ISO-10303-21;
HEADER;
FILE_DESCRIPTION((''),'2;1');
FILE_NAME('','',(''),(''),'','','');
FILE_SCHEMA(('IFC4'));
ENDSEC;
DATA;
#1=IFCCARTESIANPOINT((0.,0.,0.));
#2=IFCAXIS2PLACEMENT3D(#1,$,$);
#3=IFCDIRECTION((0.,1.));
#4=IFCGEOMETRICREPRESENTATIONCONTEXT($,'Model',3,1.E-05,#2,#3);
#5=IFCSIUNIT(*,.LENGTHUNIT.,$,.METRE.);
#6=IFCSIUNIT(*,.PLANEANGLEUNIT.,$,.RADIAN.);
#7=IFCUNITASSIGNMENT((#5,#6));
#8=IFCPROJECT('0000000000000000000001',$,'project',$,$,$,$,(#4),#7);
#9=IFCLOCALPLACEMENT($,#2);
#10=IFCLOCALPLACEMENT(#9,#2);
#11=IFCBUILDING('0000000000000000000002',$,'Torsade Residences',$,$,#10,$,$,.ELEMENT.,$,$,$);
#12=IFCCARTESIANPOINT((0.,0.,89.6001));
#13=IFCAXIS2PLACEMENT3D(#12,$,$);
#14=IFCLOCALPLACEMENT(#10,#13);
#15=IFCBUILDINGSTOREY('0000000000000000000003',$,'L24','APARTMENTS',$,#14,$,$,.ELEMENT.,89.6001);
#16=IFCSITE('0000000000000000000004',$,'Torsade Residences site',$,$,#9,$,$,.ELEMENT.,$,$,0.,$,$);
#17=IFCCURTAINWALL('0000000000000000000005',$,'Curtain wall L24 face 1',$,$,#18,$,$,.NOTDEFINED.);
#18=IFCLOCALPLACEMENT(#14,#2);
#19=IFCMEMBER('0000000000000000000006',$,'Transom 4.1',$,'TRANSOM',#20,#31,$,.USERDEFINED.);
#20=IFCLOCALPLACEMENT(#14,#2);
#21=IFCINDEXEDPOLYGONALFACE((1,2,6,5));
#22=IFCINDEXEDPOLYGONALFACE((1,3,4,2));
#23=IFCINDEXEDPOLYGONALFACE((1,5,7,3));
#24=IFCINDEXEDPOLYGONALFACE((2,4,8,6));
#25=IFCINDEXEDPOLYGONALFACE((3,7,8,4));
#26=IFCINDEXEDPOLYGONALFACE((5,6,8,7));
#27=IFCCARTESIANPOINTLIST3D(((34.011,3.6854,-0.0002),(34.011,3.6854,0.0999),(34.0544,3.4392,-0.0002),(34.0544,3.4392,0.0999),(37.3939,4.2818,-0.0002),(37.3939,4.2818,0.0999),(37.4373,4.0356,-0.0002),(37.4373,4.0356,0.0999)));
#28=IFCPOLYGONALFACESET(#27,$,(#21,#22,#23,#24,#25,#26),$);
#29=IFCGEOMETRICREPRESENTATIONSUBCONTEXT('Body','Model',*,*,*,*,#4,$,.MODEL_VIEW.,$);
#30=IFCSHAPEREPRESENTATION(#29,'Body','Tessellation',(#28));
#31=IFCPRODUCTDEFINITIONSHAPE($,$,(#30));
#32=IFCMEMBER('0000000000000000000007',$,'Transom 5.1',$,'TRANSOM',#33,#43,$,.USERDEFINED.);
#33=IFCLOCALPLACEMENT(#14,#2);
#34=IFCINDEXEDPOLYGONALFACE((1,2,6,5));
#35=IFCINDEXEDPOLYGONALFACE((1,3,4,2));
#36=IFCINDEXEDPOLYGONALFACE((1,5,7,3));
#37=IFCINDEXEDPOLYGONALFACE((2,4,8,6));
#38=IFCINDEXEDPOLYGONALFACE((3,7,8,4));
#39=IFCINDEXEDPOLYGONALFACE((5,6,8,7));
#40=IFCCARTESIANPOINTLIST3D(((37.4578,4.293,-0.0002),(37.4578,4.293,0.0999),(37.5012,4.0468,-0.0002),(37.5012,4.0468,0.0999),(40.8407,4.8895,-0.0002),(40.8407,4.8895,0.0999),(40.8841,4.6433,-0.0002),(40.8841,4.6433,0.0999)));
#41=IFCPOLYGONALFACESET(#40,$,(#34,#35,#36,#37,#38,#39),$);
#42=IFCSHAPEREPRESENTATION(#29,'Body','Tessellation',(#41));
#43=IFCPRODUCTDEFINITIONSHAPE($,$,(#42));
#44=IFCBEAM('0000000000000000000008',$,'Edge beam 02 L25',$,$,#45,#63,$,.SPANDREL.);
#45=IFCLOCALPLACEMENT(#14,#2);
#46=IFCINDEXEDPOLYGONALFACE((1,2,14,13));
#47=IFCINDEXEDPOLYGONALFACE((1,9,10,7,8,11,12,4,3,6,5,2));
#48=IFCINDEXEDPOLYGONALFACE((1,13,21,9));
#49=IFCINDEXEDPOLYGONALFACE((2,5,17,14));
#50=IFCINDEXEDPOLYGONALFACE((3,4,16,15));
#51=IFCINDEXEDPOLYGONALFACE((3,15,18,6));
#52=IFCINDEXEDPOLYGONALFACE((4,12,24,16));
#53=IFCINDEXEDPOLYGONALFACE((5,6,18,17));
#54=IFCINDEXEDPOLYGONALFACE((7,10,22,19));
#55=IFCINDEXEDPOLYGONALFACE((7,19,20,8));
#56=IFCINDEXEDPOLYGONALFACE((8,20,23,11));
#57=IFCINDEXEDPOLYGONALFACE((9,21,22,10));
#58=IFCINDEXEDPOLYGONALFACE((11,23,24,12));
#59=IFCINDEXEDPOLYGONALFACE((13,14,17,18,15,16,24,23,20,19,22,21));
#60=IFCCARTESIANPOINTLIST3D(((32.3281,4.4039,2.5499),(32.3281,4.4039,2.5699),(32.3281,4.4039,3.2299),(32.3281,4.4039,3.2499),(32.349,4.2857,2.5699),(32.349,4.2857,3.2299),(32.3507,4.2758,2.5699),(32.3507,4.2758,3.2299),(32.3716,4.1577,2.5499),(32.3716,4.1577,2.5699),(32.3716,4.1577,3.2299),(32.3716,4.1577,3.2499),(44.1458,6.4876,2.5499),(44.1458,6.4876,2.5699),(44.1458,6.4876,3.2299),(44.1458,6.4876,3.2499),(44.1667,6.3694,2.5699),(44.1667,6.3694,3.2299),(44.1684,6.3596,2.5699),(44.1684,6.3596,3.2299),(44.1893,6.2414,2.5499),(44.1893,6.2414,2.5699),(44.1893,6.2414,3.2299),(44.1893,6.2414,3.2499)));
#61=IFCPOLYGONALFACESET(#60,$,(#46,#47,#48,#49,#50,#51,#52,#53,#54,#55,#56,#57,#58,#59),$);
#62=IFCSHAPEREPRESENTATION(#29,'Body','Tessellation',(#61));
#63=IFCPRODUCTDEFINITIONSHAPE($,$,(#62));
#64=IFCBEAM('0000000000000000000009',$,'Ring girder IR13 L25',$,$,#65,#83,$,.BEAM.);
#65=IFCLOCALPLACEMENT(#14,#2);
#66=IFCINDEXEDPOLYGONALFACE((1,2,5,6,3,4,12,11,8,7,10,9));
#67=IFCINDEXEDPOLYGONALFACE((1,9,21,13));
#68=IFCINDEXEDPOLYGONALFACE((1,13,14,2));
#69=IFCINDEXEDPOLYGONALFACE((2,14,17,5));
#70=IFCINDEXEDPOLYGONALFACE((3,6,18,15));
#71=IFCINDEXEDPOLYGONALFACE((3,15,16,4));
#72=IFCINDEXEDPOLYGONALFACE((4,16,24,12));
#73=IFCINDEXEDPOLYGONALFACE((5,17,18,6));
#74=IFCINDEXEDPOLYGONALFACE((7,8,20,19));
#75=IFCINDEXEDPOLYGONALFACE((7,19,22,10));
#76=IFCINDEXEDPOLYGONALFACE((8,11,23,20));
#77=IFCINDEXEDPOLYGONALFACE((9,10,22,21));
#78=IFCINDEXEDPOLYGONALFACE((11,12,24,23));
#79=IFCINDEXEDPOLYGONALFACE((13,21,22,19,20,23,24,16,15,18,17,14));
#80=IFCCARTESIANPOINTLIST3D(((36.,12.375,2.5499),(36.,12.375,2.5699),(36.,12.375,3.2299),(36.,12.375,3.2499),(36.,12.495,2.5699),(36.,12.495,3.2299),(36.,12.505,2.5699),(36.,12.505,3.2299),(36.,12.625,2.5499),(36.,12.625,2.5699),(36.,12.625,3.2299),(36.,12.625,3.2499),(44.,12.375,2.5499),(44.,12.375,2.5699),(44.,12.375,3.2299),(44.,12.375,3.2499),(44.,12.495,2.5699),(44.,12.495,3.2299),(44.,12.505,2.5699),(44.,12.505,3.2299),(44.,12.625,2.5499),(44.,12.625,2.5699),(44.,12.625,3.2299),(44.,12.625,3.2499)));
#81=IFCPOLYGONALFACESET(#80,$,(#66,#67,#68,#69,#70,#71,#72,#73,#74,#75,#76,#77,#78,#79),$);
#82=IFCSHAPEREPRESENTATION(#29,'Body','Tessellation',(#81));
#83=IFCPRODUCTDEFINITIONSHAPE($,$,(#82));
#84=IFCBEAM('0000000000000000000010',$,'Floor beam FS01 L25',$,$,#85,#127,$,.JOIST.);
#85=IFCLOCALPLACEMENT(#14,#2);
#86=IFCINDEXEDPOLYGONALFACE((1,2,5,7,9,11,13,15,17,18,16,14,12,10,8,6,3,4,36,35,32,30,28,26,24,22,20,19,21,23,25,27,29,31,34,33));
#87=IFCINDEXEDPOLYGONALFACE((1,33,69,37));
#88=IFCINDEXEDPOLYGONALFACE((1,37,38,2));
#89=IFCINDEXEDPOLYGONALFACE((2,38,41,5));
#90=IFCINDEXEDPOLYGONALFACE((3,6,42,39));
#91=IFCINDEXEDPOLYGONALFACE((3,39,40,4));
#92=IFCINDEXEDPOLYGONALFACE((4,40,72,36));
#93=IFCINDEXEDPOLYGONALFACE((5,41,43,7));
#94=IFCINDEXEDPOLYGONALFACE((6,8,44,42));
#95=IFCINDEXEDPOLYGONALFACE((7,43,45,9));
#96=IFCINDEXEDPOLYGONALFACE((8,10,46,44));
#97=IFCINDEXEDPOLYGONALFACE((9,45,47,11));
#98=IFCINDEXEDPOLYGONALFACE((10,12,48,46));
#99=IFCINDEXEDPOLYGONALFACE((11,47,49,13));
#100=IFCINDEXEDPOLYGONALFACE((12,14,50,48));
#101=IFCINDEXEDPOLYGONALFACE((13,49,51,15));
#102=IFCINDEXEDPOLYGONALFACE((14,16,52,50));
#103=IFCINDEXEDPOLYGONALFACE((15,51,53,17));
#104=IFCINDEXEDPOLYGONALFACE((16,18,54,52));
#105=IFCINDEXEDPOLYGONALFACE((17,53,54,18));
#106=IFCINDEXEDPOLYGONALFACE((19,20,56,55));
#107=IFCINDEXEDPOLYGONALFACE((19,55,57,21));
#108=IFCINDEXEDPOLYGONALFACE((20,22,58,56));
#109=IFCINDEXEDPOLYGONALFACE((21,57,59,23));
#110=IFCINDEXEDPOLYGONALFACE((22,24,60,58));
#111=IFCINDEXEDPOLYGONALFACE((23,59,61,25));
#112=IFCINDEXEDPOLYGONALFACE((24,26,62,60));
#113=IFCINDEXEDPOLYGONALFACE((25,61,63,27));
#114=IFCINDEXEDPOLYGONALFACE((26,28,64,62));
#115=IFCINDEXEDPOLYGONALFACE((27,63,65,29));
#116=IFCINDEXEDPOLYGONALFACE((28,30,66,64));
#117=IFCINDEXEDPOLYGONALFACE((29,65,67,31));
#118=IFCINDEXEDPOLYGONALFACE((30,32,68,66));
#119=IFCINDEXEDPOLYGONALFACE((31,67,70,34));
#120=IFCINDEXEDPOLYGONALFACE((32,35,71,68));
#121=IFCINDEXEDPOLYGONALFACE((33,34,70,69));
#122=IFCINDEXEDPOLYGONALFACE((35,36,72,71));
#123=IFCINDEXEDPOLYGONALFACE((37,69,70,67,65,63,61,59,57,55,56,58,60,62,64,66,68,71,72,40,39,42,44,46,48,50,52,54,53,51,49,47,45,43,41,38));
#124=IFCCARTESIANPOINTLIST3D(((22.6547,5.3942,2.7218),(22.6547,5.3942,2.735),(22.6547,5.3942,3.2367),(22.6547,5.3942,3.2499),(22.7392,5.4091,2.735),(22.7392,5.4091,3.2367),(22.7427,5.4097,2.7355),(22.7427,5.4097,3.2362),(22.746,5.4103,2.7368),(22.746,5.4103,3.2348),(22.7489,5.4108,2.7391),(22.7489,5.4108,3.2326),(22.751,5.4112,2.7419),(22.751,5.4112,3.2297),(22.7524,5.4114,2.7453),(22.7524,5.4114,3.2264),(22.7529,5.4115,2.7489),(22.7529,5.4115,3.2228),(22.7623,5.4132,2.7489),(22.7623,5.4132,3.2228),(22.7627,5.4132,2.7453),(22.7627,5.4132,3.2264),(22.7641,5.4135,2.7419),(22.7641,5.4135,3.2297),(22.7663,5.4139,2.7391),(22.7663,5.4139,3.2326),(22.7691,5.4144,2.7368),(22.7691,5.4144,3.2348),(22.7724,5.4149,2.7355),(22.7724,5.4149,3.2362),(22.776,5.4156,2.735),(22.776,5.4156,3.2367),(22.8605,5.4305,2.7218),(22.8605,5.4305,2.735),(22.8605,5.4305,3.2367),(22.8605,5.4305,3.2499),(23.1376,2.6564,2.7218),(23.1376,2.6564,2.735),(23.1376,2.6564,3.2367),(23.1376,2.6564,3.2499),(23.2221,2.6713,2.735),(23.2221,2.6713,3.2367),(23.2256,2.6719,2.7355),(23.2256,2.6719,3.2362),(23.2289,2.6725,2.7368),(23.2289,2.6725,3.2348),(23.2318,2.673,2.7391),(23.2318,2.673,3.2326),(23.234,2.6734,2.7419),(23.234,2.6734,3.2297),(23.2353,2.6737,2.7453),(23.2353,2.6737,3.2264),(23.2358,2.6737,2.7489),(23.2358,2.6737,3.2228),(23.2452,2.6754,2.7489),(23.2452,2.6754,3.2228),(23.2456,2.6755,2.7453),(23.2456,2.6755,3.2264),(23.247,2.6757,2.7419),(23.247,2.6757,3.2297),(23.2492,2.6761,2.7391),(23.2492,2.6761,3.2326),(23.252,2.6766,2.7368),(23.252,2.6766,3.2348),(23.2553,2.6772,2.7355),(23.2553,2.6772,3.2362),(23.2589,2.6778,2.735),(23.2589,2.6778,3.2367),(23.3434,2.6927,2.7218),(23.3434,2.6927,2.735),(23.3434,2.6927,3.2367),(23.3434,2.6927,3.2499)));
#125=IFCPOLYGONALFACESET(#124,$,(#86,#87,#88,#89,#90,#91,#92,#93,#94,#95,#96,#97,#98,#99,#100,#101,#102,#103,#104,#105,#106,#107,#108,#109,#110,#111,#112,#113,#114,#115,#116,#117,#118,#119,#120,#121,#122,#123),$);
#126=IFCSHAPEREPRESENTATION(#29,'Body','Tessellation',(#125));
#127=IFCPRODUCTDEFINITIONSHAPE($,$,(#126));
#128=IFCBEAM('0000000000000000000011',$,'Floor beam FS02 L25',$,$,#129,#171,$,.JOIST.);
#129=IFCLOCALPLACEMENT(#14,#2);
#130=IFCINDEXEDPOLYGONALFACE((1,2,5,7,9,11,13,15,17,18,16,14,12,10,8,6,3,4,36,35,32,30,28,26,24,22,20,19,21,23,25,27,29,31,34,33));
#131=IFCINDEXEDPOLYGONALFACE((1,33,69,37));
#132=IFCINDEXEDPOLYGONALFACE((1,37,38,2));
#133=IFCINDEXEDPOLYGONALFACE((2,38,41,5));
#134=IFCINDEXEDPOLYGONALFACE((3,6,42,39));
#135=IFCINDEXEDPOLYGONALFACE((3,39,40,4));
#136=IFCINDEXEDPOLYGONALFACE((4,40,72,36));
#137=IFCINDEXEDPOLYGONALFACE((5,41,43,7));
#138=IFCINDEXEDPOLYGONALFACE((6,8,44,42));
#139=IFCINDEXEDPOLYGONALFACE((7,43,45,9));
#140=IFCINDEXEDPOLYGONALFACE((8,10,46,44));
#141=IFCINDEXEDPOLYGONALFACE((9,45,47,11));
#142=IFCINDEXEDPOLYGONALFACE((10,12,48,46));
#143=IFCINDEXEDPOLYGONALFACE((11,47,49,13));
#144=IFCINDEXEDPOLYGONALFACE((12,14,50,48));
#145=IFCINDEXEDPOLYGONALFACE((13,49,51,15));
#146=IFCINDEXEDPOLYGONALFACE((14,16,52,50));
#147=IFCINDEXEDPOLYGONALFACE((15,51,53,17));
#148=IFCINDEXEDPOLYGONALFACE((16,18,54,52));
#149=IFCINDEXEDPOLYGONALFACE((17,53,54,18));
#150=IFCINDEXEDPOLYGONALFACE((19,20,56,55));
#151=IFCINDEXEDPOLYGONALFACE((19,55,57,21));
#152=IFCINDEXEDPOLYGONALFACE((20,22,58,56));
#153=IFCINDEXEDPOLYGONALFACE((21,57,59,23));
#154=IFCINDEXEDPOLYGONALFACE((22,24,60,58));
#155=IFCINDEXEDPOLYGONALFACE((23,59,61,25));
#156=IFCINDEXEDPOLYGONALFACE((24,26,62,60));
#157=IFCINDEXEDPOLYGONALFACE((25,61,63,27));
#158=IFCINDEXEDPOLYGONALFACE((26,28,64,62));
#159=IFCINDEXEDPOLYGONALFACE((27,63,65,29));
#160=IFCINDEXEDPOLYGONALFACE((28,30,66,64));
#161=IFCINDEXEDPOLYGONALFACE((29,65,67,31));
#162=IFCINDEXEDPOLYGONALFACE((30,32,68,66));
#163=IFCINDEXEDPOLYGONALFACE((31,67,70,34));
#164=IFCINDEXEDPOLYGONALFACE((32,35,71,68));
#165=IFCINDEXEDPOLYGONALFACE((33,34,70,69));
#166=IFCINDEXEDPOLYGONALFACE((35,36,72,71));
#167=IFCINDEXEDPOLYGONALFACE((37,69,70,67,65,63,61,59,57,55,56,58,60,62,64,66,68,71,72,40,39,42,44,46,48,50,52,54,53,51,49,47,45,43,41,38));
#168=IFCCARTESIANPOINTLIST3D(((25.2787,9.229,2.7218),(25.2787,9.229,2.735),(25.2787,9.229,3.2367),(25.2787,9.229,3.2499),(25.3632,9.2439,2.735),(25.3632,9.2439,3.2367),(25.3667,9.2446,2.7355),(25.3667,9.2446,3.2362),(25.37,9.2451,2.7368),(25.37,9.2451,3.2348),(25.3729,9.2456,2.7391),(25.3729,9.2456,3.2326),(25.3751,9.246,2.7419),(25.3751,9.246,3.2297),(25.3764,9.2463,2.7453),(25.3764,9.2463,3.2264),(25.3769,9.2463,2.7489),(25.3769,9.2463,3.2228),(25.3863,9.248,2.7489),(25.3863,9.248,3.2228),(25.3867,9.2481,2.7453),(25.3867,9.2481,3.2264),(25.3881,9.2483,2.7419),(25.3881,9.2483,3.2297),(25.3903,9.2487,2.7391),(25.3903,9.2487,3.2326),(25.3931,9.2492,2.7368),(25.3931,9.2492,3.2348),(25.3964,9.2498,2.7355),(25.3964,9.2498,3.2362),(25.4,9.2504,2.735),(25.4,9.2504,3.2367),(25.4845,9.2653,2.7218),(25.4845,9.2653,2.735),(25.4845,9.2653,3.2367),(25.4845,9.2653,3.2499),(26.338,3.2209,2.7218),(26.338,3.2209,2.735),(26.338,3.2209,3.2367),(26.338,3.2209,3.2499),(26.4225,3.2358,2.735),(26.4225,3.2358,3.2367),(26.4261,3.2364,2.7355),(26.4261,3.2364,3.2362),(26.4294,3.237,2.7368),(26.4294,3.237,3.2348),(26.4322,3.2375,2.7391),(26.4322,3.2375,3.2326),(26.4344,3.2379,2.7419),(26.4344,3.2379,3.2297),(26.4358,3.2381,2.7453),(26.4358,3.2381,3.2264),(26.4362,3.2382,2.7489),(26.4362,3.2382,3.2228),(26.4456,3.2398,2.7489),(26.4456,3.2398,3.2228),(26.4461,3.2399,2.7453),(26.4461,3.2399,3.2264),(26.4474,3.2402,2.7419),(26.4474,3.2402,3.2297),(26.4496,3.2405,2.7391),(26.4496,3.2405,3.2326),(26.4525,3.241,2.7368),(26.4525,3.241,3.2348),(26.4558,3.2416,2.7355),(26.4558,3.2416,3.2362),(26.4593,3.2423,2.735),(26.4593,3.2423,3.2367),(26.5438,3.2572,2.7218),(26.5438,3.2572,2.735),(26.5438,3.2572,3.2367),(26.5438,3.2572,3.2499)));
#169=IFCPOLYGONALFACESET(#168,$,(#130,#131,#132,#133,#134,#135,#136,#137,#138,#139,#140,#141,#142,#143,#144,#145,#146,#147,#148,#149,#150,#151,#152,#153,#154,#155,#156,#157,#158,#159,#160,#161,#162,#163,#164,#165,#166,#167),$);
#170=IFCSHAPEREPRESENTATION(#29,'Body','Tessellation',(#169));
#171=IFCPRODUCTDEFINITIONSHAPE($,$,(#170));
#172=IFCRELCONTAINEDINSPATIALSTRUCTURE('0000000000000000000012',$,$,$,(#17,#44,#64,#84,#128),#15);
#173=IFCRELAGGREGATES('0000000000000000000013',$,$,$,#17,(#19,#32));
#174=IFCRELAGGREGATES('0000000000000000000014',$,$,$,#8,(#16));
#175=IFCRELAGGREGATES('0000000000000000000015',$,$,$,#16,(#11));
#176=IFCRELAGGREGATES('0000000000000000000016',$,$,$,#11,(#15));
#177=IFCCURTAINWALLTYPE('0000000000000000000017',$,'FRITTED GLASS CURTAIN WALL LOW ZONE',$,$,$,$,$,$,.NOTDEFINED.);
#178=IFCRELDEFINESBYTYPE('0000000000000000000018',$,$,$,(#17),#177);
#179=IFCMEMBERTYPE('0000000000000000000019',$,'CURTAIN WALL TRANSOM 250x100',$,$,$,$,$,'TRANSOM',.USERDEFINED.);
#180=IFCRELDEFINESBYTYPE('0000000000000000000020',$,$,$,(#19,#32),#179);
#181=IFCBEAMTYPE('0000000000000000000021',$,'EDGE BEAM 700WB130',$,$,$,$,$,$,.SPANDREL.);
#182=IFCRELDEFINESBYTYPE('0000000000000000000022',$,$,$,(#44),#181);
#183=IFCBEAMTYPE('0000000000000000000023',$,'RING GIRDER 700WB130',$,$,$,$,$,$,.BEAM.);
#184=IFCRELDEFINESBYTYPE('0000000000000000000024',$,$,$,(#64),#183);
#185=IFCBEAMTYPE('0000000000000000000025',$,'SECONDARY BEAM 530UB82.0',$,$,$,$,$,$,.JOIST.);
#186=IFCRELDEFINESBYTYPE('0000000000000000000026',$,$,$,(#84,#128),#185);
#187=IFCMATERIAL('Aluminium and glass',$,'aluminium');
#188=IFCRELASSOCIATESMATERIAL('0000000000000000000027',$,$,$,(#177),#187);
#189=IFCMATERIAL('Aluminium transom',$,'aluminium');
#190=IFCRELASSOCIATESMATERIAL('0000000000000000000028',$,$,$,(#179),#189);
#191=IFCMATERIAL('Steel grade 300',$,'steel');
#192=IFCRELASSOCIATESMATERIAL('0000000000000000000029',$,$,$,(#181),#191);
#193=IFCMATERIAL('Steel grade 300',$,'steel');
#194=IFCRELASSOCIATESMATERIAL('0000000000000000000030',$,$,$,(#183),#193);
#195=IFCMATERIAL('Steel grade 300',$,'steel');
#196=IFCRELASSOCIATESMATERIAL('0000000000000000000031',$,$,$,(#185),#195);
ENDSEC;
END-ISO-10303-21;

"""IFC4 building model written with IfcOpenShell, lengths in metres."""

from ifc_helpers import new_model, si_unit, direction, frame, origin, origin_2d, place, context, subcontext, project, spatial, rectangle, i_section, extrude, material, material_profile, profile_set, type_object, element, aggregate, save


model = new_model("IFC4")

# Units and contexts
model_context = context("Model", 3, precision=1e-05, world=origin(), true_north=direction((0.0, 1.0)))
body_context = subcontext(model_context, "Body", "Model", "MODEL_VIEW")
ifc_project = project(units=[si_unit("LENGTHUNIT", "METRE"), si_unit("PLANEANGLEUNIT", "RADIAN")], contexts=[model_context])

# Site, building, storey
site_placement = place(None, origin())
site = spatial("IfcSite", under=ifc_project, at=site_placement, Name="Torsade Residences site", CompositionType="ELEMENT", RefElevation=0.0)
building_placement = place(site_placement, origin())
building = spatial("IfcBuilding", under=site, at=building_placement, Name="Torsade Residences", CompositionType="ELEMENT")
storey_placement = place(building_placement, frame((0.0, 0.0, 89.6001)))
storey = spatial("IfcBuildingStorey", under=building, at=storey_placement, Name="L24", Description="APARTMENTS", CompositionType="ELEMENT", Elevation=89.6001)

# Curtain wall, members
ifc_material_1 = material(Name="Aluminium and glass", Category="aluminium")
curtain_wall_type = type_object("IfcCurtainWallType", Name="FRITTED GLASS CURTAIN WALL LOW ZONE", PredefinedType="NOTDEFINED", material=ifc_material_1)
curtain_wall_placement = place(storey_placement, origin())
curtain_wall = element("IfcCurtainWall", 1, at=curtain_wall_placement, inside=storey, type_object=curtain_wall_type, Name="Curtain wall L24 face 1", PredefinedType="NOTDEFINED")
ifc_material_2 = material(Name="Aluminium transom", Category="aluminium")
ifc_material_profile_1 = material_profile(ifc_material_2, rectangle(XDim=0.25, YDim=0.1001, at=origin_2d()), Name="CURTAIN WALL TRANSOM 250x100")
ifc_profile_set_1 = profile_set([ifc_material_profile_1], Name="Aluminium transom")
member_type_1 = type_object("IfcMemberType", Name="CURTAIN WALL TRANSOM 250x100", ElementType="TRANSOM", PredefinedType="USERDEFINED", material=ifc_profile_set_1)
member_1_placement = place(storey_placement, frame((34.0327, 3.5623, 0.0498), z_axis=(0.98481, 0.173635, 0.0), x_axis=(-0.173635, 0.98481, 0.0)))
member_1 = element("IfcMember", 2, at=member_1_placement, type_object=member_type_1, Name="Transom 4.1", ObjectType="TRANSOM", PredefinedType="USERDEFINED", context=body_context, shape_type="SweptSolid", body=[
    extrude(rectangle(XDim=0.25, YDim=0.1001, at=origin_2d()), origin(), (0.0, 0.0, 1.0), 3.4351),
])
member_2_placement = place(storey_placement, frame((37.4795, 4.1699, 0.0498), z_axis=(0.98481, 0.173635, 0.0), x_axis=(-0.173635, 0.98481, 0.0)))
member_2 = element("IfcMember", 3, at=member_2_placement, type_object=member_type_1, Name="Transom 5.1", ObjectType="TRANSOM", PredefinedType="USERDEFINED", context=body_context, shape_type="SweptSolid", body=[
    extrude(rectangle(XDim=0.25, YDim=0.1001, at=origin_2d()), origin(), (0.0, 0.0, 1.0), 3.4351),
])

# Beams
ifc_material_3 = material(Name="Steel grade 300", Category="steel")
ifc_material_profile_2 = material_profile(ifc_material_3, i_section(OverallWidth=0.25, OverallDepth=0.7, WebThickness=0.01, FlangeThickness=0.02, at=origin_2d()), Name="700WB130")
ifc_profile_set_2 = profile_set([ifc_material_profile_2], Name="Steel grade 300")
beam_type_1 = type_object("IfcBeamType", Name="EDGE BEAM 700WB130", PredefinedType="SPANDREL", material=ifc_profile_set_2)
beam_1_placement = place(storey_placement, frame((32.3499, 4.2808, 2.8999), z_axis=(0.984808, 0.173646, 0.0), x_axis=(-0.173646, 0.984808, 0.0)))
element("IfcBeam", 4, at=beam_1_placement, inside=storey, type_object=beam_type_1, Name="Edge beam 02 L25", PredefinedType="SPANDREL", context=body_context, shape_type="SweptSolid", body=[
    extrude(i_section(OverallWidth=0.25, OverallDepth=0.7, WebThickness=0.01, FlangeThickness=0.02, at=origin_2d()), origin(), (0.0, 0.0, 1.0), 12.0),
])
ifc_material_4 = material(Name="Steel grade 300", Category="steel")
ifc_material_profile_3 = material_profile(ifc_material_4, i_section(OverallWidth=0.25, OverallDepth=0.7, WebThickness=0.01, FlangeThickness=0.02, at=origin_2d()), Name="700WB130")
ifc_profile_set_3 = profile_set([ifc_material_profile_3], Name="Steel grade 300")
beam_type_2 = type_object("IfcBeamType", Name="RING GIRDER 700WB130", PredefinedType="BEAM", material=ifc_profile_set_3)
beam_2_placement = place(storey_placement, frame((36.0, 12.5, 2.8999), z_axis=(1.0, 0.0, 0.0), x_axis=(0.0, 1.0, 0.0)))
element("IfcBeam", 5, at=beam_2_placement, inside=storey, type_object=beam_type_2, Name="Ring girder IR13 L25", PredefinedType="BEAM", context=body_context, shape_type="SweptSolid", body=[
    extrude(i_section(OverallWidth=0.25, OverallDepth=0.7, WebThickness=0.01, FlangeThickness=0.02, at=origin_2d()), origin(), (0.0, 0.0, 1.0), 8.0),
])
ifc_material_5 = material(Name="Steel grade 300", Category="steel")
ifc_material_profile_4 = material_profile(ifc_material_5, i_section(OverallWidth=0.209, OverallDepth=0.5281, WebThickness=0.0095, FlangeThickness=0.0132, FilletRadius=0.0139, at=origin_2d()), Name="530UB82.0")
ifc_profile_set_4 = profile_set([ifc_material_profile_4], Name="Steel grade 300")
beam_type_3 = type_object("IfcBeamType", Name="SECONDARY BEAM 530UB82.0", PredefinedType="JOIST", material=ifc_profile_set_4)
beam_3_placement = place(storey_placement, frame((23.2405, 2.6746, 2.9858), z_axis=(-0.173705, 0.984798, 0.0), x_axis=(-0.984798, -0.173705, 0.0)))
element("IfcBeam", 6, at=beam_3_placement, inside=storey, type_object=beam_type_3, Name="Floor beam FS01 L25", PredefinedType="JOIST", context=body_context, shape_type="SweptSolid", body=[
    extrude(i_section(OverallWidth=0.209, OverallDepth=0.5281, WebThickness=0.0095, FlangeThickness=0.0132, FilletRadius=0.0139, at=origin_2d()), origin(), (0.0, 0.0, 1.0), 2.78),
])
beam_4_placement = place(storey_placement, frame((26.4409, 3.239, 2.9858), z_axis=(-0.173639, 0.984809, 0.0), x_axis=(-0.984809, -0.173639, 0.0)))
element("IfcBeam", 7, at=beam_4_placement, inside=storey, type_object=beam_type_3, Name="Floor beam FS02 L25", PredefinedType="JOIST", context=body_context, shape_type="SweptSolid", body=[
    extrude(i_section(OverallWidth=0.209, OverallDepth=0.5281, WebThickness=0.0095, FlangeThickness=0.0132, FilletRadius=0.0139, at=origin_2d()), origin(), (0.0, 0.0, 1.0), 6.1008),
])

aggregate(curtain_wall, [member_1, member_2])

save(model, "model.ifc")
